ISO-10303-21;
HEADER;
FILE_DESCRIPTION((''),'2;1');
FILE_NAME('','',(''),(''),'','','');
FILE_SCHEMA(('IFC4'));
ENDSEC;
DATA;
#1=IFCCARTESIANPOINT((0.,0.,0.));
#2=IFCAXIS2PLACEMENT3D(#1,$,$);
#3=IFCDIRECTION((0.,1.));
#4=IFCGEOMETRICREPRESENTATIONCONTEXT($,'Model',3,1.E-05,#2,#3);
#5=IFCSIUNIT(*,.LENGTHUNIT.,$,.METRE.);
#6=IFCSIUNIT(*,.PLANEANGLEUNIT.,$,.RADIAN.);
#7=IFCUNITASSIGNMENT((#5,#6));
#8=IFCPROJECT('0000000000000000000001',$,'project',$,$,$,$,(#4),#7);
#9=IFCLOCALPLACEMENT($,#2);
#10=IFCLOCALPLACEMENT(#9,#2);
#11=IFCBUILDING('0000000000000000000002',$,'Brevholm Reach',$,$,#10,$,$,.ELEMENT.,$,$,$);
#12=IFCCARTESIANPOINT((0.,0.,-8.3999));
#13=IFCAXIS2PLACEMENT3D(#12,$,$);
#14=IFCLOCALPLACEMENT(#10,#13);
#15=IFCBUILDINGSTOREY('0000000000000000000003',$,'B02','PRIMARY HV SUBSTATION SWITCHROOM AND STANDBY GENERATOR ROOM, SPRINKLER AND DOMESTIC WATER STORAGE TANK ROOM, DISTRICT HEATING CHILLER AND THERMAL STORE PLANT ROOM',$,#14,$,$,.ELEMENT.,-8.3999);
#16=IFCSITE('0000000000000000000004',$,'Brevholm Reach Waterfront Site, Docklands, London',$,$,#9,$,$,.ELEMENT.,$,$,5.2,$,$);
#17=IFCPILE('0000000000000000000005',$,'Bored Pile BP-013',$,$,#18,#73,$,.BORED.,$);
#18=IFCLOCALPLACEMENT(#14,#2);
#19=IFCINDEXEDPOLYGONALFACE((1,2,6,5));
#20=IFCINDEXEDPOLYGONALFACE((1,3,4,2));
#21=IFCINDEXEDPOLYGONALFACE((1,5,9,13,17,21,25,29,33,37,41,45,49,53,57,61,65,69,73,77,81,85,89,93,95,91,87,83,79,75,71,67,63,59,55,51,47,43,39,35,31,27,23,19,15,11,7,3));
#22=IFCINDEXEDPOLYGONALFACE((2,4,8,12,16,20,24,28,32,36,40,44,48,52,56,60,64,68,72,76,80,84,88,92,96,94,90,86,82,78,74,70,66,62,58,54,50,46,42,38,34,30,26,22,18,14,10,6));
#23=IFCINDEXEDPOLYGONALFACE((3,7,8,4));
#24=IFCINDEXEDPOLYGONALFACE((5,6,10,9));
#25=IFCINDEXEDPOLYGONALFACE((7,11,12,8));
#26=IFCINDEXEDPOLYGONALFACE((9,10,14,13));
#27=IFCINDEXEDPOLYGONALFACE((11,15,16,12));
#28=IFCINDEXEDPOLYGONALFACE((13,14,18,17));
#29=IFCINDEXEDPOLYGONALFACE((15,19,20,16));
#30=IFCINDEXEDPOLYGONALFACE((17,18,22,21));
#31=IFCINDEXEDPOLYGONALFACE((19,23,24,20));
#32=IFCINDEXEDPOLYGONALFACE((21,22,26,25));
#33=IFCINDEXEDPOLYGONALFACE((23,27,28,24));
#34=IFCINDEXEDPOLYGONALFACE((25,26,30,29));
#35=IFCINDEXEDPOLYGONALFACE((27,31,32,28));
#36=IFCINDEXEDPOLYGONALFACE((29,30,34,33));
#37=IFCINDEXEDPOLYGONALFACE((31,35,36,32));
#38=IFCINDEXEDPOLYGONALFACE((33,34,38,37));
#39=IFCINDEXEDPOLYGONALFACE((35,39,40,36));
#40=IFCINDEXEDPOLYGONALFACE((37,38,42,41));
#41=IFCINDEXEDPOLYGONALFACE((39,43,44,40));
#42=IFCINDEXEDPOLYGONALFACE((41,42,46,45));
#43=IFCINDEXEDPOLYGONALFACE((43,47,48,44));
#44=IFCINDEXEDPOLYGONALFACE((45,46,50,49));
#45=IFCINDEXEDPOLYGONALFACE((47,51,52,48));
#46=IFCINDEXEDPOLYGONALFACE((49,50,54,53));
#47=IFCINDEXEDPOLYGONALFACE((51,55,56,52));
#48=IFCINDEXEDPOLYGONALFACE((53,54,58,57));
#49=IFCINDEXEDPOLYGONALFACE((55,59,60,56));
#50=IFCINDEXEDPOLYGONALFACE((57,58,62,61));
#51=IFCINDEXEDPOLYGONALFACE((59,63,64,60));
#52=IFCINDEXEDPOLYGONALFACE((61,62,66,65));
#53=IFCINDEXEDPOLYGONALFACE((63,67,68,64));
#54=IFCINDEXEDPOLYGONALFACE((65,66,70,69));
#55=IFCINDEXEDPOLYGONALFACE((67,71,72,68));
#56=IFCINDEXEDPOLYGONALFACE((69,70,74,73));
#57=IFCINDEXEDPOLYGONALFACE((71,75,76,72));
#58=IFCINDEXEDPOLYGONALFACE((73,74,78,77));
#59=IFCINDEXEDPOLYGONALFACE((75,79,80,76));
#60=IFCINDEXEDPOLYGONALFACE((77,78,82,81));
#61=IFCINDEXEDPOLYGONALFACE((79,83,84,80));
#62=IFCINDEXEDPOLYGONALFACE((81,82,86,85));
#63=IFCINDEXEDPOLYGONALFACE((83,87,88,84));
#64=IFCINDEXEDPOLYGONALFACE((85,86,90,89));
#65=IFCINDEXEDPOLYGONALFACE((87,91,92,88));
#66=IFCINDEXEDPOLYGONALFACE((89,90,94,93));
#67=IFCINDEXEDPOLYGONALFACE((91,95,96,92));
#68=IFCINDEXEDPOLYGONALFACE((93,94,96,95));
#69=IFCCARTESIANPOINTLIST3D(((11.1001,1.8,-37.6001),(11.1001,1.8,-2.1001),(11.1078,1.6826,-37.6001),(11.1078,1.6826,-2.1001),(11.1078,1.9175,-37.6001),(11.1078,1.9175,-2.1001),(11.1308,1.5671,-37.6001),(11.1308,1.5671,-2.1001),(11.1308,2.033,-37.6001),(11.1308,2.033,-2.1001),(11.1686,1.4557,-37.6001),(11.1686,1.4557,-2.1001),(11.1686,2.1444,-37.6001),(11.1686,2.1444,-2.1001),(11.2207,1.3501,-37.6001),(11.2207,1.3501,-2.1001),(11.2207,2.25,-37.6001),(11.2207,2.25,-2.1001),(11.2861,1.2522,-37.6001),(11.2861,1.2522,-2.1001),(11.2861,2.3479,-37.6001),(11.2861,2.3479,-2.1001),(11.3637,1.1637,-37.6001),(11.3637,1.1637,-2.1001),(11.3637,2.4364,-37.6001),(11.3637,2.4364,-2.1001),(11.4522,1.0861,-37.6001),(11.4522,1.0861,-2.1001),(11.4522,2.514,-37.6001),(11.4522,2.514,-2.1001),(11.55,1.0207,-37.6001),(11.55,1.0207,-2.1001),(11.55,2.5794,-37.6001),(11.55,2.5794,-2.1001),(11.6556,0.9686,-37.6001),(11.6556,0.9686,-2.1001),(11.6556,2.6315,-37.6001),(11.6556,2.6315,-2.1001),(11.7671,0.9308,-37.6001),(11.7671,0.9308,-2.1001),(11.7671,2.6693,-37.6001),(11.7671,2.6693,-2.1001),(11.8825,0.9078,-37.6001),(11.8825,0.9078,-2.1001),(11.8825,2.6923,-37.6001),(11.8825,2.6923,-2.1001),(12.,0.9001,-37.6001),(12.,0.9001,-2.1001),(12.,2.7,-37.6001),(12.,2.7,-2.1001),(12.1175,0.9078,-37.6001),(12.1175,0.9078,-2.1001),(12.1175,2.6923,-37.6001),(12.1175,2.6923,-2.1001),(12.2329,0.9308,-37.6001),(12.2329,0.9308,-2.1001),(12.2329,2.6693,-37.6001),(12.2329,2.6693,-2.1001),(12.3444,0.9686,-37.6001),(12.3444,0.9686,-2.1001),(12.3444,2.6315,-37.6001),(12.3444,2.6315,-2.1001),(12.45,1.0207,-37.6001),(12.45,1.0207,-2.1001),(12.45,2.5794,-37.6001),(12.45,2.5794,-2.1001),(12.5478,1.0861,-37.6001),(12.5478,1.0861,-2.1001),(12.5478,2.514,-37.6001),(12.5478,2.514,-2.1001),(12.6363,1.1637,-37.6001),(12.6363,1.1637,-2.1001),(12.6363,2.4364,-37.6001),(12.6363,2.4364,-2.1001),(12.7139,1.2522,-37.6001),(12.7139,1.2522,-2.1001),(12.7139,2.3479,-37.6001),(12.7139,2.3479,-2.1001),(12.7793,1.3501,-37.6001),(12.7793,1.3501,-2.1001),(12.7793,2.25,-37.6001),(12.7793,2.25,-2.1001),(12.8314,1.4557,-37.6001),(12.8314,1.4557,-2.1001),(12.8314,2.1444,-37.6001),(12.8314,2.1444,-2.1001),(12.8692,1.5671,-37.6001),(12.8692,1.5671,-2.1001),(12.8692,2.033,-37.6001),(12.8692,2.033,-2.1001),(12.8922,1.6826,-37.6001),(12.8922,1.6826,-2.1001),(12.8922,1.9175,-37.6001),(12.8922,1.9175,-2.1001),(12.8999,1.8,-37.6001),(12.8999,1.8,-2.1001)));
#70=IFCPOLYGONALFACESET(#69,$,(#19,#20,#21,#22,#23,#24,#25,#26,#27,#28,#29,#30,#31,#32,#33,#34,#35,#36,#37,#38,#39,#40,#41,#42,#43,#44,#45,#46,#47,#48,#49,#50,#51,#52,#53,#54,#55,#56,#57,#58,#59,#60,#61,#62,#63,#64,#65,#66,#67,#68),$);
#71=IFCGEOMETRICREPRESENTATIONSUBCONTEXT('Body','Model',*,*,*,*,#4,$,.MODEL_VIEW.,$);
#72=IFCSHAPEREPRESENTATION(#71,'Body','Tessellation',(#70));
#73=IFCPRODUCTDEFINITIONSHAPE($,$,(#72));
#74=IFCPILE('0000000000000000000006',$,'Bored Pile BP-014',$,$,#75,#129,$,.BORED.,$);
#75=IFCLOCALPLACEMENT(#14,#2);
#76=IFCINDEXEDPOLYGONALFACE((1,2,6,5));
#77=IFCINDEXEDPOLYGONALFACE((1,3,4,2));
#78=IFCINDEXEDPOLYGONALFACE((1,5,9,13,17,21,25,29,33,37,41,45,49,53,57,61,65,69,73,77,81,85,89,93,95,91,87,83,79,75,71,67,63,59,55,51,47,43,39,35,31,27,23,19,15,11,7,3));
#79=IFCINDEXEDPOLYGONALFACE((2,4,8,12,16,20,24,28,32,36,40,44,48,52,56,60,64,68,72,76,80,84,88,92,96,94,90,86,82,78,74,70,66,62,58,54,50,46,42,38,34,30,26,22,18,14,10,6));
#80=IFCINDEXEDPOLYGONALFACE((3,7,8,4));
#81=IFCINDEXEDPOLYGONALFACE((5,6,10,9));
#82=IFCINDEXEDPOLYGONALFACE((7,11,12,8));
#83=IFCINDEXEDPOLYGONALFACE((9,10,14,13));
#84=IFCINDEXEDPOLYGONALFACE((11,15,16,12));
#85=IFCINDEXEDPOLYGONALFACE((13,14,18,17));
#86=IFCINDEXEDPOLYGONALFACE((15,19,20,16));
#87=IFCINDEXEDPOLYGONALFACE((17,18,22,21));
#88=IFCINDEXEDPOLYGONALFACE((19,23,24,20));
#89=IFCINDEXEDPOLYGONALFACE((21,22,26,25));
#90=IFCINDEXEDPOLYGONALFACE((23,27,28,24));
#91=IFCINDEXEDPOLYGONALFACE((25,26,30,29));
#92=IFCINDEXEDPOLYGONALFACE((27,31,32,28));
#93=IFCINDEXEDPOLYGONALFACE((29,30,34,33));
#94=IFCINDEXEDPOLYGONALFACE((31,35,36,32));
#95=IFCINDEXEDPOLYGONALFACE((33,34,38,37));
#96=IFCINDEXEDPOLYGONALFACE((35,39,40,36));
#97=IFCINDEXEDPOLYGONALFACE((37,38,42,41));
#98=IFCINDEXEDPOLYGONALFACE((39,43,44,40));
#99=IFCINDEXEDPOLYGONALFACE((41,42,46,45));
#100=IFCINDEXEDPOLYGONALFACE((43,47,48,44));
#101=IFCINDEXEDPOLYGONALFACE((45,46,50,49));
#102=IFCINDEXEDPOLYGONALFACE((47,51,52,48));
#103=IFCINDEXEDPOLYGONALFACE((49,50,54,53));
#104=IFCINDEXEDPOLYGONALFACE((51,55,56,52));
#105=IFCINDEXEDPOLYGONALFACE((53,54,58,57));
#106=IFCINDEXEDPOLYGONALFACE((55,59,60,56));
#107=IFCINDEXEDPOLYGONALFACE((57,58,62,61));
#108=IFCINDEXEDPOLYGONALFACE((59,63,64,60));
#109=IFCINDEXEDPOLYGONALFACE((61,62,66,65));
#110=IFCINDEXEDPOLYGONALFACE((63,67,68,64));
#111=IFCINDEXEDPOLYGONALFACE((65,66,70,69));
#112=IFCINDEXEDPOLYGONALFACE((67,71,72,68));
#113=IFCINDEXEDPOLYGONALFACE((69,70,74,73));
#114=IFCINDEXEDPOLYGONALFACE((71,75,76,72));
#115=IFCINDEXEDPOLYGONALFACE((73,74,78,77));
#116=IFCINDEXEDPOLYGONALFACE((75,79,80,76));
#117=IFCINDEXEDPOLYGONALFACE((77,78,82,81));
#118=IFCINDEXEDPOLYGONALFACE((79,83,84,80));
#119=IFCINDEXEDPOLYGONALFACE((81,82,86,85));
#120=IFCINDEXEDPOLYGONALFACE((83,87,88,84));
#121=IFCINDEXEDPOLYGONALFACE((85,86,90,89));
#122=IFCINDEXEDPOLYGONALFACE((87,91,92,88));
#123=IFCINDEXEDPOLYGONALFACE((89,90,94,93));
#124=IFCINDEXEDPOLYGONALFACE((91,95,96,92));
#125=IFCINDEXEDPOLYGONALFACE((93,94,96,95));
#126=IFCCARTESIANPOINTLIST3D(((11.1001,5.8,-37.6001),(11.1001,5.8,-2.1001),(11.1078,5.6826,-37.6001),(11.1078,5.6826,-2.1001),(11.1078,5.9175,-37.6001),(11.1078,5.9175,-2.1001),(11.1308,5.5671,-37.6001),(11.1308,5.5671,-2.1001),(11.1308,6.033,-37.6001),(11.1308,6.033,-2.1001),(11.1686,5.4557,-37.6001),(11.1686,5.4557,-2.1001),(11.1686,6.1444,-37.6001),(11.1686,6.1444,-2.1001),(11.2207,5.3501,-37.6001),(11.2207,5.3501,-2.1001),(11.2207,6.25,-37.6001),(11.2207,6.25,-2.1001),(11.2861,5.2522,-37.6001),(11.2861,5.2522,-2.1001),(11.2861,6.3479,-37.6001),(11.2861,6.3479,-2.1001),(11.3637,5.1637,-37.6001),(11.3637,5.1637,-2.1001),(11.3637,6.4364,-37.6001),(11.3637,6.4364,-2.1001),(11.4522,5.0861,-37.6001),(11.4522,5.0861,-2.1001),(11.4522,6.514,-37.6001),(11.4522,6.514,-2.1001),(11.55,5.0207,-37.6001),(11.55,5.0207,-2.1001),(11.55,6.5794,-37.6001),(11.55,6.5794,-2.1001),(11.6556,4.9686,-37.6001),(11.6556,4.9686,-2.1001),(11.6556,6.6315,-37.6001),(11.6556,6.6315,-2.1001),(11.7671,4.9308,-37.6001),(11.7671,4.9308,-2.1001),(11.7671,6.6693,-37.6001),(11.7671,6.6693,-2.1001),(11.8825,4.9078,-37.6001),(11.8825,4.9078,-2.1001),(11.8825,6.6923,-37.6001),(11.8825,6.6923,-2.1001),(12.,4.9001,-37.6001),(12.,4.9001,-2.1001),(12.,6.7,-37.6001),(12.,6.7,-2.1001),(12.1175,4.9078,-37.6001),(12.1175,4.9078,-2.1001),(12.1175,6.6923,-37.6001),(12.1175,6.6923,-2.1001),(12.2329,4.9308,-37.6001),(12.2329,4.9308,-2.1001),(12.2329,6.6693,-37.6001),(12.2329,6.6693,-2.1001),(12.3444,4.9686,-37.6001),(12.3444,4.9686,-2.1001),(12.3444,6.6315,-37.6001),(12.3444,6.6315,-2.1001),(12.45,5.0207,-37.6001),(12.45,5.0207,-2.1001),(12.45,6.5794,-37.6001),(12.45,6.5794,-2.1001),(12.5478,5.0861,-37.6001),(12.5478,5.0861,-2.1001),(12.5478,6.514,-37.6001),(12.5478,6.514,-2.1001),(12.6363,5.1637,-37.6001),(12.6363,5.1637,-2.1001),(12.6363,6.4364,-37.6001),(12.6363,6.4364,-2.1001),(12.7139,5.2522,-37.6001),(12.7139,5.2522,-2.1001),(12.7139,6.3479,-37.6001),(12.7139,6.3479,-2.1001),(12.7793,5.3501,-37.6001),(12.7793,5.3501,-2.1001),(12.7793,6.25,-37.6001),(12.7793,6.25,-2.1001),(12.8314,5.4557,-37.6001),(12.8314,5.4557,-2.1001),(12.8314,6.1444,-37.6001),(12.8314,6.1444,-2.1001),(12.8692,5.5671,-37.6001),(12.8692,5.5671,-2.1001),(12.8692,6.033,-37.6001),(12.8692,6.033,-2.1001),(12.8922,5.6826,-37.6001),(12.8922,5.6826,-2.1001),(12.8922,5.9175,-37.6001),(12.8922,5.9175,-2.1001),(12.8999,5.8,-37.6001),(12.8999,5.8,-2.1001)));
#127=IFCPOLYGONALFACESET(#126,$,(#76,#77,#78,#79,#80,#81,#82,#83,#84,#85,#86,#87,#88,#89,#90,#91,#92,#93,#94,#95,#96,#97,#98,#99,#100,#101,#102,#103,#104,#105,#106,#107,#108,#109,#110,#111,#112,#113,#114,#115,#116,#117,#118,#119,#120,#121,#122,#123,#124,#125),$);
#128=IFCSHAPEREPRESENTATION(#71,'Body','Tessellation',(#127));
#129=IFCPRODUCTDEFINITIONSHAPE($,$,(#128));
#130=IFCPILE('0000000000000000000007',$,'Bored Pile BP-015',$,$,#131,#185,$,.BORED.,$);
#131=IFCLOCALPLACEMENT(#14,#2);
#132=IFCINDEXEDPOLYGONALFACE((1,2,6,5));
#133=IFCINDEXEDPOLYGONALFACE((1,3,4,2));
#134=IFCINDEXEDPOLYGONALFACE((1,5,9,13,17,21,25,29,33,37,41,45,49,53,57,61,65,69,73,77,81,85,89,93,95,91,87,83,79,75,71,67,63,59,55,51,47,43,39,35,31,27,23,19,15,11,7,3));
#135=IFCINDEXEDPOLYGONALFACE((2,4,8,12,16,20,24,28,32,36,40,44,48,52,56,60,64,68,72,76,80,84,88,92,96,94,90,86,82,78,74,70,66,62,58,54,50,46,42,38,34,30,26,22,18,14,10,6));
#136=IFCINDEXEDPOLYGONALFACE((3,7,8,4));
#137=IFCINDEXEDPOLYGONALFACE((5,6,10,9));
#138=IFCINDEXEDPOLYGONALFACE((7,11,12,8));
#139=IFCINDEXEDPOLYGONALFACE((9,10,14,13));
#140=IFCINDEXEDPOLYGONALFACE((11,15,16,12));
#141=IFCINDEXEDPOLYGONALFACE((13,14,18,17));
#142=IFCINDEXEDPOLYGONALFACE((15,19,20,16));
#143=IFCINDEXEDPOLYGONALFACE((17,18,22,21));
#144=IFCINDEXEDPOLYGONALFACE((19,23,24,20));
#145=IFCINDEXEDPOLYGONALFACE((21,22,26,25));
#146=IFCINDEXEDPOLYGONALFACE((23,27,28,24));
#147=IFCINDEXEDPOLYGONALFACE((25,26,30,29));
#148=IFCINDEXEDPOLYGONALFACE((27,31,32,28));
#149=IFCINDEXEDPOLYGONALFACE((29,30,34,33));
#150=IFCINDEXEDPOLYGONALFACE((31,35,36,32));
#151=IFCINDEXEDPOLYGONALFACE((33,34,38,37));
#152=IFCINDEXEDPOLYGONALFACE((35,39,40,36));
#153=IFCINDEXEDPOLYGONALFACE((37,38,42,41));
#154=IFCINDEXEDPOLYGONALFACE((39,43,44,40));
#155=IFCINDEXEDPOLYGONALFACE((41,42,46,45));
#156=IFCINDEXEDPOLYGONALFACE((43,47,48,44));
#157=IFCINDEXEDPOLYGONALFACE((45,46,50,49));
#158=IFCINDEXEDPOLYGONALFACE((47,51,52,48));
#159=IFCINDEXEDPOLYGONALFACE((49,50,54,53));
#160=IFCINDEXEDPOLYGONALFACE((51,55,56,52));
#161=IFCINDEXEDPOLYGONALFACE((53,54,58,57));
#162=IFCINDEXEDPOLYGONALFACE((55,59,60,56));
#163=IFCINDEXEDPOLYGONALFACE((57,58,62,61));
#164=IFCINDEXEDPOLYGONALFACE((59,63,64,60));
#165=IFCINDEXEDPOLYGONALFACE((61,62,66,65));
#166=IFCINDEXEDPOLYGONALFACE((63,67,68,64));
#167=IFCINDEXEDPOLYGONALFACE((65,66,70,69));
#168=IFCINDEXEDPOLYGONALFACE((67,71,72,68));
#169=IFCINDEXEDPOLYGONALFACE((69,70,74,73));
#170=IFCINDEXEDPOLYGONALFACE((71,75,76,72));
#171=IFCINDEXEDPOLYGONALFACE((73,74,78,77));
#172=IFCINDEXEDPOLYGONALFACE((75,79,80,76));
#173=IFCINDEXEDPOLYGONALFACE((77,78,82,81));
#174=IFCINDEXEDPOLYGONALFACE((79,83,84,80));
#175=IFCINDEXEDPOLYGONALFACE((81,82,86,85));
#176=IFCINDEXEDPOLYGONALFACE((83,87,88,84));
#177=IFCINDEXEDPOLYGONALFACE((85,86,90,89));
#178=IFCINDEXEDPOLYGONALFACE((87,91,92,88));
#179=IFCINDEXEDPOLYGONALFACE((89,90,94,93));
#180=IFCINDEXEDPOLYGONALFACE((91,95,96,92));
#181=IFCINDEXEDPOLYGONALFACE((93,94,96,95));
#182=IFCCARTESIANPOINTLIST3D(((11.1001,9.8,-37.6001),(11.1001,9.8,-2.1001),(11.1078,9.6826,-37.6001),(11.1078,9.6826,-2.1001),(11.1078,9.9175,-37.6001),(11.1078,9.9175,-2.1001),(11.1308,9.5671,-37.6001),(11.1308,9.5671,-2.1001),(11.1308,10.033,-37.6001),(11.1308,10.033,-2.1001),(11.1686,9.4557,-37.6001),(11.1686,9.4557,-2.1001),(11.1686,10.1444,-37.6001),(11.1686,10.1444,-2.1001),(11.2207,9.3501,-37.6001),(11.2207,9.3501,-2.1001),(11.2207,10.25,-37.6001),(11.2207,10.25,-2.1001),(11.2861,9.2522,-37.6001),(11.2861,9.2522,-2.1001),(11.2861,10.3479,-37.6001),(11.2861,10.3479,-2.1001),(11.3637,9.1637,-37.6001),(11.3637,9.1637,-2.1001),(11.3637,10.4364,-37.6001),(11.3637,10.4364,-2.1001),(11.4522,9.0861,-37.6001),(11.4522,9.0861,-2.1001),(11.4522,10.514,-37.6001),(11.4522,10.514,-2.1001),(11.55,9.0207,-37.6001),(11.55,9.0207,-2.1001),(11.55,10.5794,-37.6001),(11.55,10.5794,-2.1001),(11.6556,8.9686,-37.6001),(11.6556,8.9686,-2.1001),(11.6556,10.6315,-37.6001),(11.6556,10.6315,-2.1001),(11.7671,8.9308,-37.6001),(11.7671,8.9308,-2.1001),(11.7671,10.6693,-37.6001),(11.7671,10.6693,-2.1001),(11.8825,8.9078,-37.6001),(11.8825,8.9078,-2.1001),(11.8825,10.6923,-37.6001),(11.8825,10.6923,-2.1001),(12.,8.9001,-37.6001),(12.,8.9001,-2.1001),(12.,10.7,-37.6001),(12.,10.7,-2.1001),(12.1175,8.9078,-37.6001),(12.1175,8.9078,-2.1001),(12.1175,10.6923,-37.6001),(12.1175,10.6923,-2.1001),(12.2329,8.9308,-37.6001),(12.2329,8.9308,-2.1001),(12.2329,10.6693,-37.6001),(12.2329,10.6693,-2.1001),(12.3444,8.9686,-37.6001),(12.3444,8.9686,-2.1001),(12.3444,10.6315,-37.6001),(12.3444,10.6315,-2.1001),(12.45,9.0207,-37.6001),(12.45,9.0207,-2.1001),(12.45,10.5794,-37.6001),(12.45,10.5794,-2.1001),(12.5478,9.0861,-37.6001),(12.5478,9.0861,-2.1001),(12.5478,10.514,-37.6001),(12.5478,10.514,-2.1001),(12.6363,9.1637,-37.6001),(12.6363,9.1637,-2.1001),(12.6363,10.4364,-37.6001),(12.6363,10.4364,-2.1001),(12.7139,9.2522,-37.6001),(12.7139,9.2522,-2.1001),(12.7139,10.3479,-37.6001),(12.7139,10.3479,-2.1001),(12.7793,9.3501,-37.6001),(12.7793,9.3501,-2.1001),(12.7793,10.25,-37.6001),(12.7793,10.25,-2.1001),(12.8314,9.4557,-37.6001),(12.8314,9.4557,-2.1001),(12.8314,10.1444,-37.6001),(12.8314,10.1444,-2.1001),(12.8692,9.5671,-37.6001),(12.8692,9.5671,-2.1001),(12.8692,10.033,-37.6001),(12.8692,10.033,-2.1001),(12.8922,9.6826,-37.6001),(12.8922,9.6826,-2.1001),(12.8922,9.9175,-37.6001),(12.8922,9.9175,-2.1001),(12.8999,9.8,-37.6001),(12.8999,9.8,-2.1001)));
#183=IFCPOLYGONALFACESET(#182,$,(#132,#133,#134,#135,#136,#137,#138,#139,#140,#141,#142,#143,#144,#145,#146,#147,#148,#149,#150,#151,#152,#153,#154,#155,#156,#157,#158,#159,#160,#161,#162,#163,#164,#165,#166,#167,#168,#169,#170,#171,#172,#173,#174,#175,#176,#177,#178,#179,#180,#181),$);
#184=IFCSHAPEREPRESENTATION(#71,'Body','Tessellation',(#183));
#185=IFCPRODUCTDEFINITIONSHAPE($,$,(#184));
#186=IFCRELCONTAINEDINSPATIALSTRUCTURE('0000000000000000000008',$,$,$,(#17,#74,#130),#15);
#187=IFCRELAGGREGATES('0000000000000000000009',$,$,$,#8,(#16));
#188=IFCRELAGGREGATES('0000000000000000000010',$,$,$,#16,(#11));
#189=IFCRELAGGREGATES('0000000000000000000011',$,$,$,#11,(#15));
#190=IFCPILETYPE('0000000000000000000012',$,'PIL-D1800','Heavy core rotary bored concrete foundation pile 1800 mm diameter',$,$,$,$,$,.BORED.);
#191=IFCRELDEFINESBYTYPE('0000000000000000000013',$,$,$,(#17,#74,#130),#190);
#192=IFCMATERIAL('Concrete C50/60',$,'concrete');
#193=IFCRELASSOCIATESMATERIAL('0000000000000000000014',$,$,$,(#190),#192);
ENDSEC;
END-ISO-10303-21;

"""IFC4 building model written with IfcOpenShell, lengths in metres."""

from ifc_helpers import new_model, si_unit, direction, frame, origin, origin_2d, place, context, subcontext, project, spatial, circle, extrude, material, material_profile, profile_set, type_object, element, save


model = new_model("IFC4")

# Units and contexts
model_context = context("Model", 3, precision=1e-05, world=origin(), true_north=direction((0.0, 1.0)))
body_context = subcontext(model_context, "Body", "Model", "MODEL_VIEW")
ifc_project = project(units=[si_unit("LENGTHUNIT", "METRE"), si_unit("PLANEANGLEUNIT", "RADIAN")], contexts=[model_context])

# Site, building, storey
site_placement = place(None, origin())
site = spatial("IfcSite", under=ifc_project, at=site_placement, Name="Brevholm Reach Waterfront Site, Docklands, London", CompositionType="ELEMENT", RefElevation=5.2)
building_placement = place(site_placement, origin())
building = spatial("IfcBuilding", under=site, at=building_placement, Name="Brevholm Reach", CompositionType="ELEMENT")
storey_placement = place(building_placement, frame((0.0, 0.0, -8.3999)))
storey = spatial("IfcBuildingStorey", under=building, at=storey_placement, Name="B02", Description="PRIMARY HV SUBSTATION SWITCHROOM AND STANDBY GENERATOR ROOM, SPRINKLER AND DOMESTIC WATER STORAGE TANK ROOM, DISTRICT HEATING CHILLER AND THERMAL STORE PLANT ROOM", CompositionType="ELEMENT", Elevation=-8.3999)

# Piles
ifc_material_1 = material(Name="Concrete C50/60", Category="concrete")
ifc_material_profile_1 = material_profile(ifc_material_1, circle(Radius=0.8999, at=origin_2d()), Name="PILE D1800")
ifc_profile_set_1 = profile_set([ifc_material_profile_1], Name="Concrete C50/60")
pile_type = type_object("IfcPileType", Name="PIL-D1800", Description="Heavy core rotary bored concrete foundation pile 1800 mm diameter", PredefinedType="BORED", material=ifc_profile_set_1)
for number, where, z_axis, x_axis, name in (
    (1, (12.0, 1.8, -2.1001), (0.0, 0.0, -1.0), (1.0, 0.0, 0.0), "Bored Pile BP-013"),
    (2, (12.0, 5.8, -2.1001), (0.0, 0.0, -1.0), (1.0, 0.0, 0.0), "Bored Pile BP-014"),
    (3, (12.0, 9.8, -2.1001), (0.0, 0.0, -1.0), (1.0, 0.0, 0.0), "Bored Pile BP-015"),
):
    element("IfcPile", number, at=place(storey_placement, frame(where, z_axis=z_axis, x_axis=x_axis)), inside=storey, type_object=pile_type, Name=name, PredefinedType="BORED", context=body_context, shape_type="SweptSolid", body=[
        extrude(circle(Radius=0.8999, at=origin_2d()), origin(), (0.0, 0.0, 1.0), 35.5),
    ])

save(model, "model.ifc")
